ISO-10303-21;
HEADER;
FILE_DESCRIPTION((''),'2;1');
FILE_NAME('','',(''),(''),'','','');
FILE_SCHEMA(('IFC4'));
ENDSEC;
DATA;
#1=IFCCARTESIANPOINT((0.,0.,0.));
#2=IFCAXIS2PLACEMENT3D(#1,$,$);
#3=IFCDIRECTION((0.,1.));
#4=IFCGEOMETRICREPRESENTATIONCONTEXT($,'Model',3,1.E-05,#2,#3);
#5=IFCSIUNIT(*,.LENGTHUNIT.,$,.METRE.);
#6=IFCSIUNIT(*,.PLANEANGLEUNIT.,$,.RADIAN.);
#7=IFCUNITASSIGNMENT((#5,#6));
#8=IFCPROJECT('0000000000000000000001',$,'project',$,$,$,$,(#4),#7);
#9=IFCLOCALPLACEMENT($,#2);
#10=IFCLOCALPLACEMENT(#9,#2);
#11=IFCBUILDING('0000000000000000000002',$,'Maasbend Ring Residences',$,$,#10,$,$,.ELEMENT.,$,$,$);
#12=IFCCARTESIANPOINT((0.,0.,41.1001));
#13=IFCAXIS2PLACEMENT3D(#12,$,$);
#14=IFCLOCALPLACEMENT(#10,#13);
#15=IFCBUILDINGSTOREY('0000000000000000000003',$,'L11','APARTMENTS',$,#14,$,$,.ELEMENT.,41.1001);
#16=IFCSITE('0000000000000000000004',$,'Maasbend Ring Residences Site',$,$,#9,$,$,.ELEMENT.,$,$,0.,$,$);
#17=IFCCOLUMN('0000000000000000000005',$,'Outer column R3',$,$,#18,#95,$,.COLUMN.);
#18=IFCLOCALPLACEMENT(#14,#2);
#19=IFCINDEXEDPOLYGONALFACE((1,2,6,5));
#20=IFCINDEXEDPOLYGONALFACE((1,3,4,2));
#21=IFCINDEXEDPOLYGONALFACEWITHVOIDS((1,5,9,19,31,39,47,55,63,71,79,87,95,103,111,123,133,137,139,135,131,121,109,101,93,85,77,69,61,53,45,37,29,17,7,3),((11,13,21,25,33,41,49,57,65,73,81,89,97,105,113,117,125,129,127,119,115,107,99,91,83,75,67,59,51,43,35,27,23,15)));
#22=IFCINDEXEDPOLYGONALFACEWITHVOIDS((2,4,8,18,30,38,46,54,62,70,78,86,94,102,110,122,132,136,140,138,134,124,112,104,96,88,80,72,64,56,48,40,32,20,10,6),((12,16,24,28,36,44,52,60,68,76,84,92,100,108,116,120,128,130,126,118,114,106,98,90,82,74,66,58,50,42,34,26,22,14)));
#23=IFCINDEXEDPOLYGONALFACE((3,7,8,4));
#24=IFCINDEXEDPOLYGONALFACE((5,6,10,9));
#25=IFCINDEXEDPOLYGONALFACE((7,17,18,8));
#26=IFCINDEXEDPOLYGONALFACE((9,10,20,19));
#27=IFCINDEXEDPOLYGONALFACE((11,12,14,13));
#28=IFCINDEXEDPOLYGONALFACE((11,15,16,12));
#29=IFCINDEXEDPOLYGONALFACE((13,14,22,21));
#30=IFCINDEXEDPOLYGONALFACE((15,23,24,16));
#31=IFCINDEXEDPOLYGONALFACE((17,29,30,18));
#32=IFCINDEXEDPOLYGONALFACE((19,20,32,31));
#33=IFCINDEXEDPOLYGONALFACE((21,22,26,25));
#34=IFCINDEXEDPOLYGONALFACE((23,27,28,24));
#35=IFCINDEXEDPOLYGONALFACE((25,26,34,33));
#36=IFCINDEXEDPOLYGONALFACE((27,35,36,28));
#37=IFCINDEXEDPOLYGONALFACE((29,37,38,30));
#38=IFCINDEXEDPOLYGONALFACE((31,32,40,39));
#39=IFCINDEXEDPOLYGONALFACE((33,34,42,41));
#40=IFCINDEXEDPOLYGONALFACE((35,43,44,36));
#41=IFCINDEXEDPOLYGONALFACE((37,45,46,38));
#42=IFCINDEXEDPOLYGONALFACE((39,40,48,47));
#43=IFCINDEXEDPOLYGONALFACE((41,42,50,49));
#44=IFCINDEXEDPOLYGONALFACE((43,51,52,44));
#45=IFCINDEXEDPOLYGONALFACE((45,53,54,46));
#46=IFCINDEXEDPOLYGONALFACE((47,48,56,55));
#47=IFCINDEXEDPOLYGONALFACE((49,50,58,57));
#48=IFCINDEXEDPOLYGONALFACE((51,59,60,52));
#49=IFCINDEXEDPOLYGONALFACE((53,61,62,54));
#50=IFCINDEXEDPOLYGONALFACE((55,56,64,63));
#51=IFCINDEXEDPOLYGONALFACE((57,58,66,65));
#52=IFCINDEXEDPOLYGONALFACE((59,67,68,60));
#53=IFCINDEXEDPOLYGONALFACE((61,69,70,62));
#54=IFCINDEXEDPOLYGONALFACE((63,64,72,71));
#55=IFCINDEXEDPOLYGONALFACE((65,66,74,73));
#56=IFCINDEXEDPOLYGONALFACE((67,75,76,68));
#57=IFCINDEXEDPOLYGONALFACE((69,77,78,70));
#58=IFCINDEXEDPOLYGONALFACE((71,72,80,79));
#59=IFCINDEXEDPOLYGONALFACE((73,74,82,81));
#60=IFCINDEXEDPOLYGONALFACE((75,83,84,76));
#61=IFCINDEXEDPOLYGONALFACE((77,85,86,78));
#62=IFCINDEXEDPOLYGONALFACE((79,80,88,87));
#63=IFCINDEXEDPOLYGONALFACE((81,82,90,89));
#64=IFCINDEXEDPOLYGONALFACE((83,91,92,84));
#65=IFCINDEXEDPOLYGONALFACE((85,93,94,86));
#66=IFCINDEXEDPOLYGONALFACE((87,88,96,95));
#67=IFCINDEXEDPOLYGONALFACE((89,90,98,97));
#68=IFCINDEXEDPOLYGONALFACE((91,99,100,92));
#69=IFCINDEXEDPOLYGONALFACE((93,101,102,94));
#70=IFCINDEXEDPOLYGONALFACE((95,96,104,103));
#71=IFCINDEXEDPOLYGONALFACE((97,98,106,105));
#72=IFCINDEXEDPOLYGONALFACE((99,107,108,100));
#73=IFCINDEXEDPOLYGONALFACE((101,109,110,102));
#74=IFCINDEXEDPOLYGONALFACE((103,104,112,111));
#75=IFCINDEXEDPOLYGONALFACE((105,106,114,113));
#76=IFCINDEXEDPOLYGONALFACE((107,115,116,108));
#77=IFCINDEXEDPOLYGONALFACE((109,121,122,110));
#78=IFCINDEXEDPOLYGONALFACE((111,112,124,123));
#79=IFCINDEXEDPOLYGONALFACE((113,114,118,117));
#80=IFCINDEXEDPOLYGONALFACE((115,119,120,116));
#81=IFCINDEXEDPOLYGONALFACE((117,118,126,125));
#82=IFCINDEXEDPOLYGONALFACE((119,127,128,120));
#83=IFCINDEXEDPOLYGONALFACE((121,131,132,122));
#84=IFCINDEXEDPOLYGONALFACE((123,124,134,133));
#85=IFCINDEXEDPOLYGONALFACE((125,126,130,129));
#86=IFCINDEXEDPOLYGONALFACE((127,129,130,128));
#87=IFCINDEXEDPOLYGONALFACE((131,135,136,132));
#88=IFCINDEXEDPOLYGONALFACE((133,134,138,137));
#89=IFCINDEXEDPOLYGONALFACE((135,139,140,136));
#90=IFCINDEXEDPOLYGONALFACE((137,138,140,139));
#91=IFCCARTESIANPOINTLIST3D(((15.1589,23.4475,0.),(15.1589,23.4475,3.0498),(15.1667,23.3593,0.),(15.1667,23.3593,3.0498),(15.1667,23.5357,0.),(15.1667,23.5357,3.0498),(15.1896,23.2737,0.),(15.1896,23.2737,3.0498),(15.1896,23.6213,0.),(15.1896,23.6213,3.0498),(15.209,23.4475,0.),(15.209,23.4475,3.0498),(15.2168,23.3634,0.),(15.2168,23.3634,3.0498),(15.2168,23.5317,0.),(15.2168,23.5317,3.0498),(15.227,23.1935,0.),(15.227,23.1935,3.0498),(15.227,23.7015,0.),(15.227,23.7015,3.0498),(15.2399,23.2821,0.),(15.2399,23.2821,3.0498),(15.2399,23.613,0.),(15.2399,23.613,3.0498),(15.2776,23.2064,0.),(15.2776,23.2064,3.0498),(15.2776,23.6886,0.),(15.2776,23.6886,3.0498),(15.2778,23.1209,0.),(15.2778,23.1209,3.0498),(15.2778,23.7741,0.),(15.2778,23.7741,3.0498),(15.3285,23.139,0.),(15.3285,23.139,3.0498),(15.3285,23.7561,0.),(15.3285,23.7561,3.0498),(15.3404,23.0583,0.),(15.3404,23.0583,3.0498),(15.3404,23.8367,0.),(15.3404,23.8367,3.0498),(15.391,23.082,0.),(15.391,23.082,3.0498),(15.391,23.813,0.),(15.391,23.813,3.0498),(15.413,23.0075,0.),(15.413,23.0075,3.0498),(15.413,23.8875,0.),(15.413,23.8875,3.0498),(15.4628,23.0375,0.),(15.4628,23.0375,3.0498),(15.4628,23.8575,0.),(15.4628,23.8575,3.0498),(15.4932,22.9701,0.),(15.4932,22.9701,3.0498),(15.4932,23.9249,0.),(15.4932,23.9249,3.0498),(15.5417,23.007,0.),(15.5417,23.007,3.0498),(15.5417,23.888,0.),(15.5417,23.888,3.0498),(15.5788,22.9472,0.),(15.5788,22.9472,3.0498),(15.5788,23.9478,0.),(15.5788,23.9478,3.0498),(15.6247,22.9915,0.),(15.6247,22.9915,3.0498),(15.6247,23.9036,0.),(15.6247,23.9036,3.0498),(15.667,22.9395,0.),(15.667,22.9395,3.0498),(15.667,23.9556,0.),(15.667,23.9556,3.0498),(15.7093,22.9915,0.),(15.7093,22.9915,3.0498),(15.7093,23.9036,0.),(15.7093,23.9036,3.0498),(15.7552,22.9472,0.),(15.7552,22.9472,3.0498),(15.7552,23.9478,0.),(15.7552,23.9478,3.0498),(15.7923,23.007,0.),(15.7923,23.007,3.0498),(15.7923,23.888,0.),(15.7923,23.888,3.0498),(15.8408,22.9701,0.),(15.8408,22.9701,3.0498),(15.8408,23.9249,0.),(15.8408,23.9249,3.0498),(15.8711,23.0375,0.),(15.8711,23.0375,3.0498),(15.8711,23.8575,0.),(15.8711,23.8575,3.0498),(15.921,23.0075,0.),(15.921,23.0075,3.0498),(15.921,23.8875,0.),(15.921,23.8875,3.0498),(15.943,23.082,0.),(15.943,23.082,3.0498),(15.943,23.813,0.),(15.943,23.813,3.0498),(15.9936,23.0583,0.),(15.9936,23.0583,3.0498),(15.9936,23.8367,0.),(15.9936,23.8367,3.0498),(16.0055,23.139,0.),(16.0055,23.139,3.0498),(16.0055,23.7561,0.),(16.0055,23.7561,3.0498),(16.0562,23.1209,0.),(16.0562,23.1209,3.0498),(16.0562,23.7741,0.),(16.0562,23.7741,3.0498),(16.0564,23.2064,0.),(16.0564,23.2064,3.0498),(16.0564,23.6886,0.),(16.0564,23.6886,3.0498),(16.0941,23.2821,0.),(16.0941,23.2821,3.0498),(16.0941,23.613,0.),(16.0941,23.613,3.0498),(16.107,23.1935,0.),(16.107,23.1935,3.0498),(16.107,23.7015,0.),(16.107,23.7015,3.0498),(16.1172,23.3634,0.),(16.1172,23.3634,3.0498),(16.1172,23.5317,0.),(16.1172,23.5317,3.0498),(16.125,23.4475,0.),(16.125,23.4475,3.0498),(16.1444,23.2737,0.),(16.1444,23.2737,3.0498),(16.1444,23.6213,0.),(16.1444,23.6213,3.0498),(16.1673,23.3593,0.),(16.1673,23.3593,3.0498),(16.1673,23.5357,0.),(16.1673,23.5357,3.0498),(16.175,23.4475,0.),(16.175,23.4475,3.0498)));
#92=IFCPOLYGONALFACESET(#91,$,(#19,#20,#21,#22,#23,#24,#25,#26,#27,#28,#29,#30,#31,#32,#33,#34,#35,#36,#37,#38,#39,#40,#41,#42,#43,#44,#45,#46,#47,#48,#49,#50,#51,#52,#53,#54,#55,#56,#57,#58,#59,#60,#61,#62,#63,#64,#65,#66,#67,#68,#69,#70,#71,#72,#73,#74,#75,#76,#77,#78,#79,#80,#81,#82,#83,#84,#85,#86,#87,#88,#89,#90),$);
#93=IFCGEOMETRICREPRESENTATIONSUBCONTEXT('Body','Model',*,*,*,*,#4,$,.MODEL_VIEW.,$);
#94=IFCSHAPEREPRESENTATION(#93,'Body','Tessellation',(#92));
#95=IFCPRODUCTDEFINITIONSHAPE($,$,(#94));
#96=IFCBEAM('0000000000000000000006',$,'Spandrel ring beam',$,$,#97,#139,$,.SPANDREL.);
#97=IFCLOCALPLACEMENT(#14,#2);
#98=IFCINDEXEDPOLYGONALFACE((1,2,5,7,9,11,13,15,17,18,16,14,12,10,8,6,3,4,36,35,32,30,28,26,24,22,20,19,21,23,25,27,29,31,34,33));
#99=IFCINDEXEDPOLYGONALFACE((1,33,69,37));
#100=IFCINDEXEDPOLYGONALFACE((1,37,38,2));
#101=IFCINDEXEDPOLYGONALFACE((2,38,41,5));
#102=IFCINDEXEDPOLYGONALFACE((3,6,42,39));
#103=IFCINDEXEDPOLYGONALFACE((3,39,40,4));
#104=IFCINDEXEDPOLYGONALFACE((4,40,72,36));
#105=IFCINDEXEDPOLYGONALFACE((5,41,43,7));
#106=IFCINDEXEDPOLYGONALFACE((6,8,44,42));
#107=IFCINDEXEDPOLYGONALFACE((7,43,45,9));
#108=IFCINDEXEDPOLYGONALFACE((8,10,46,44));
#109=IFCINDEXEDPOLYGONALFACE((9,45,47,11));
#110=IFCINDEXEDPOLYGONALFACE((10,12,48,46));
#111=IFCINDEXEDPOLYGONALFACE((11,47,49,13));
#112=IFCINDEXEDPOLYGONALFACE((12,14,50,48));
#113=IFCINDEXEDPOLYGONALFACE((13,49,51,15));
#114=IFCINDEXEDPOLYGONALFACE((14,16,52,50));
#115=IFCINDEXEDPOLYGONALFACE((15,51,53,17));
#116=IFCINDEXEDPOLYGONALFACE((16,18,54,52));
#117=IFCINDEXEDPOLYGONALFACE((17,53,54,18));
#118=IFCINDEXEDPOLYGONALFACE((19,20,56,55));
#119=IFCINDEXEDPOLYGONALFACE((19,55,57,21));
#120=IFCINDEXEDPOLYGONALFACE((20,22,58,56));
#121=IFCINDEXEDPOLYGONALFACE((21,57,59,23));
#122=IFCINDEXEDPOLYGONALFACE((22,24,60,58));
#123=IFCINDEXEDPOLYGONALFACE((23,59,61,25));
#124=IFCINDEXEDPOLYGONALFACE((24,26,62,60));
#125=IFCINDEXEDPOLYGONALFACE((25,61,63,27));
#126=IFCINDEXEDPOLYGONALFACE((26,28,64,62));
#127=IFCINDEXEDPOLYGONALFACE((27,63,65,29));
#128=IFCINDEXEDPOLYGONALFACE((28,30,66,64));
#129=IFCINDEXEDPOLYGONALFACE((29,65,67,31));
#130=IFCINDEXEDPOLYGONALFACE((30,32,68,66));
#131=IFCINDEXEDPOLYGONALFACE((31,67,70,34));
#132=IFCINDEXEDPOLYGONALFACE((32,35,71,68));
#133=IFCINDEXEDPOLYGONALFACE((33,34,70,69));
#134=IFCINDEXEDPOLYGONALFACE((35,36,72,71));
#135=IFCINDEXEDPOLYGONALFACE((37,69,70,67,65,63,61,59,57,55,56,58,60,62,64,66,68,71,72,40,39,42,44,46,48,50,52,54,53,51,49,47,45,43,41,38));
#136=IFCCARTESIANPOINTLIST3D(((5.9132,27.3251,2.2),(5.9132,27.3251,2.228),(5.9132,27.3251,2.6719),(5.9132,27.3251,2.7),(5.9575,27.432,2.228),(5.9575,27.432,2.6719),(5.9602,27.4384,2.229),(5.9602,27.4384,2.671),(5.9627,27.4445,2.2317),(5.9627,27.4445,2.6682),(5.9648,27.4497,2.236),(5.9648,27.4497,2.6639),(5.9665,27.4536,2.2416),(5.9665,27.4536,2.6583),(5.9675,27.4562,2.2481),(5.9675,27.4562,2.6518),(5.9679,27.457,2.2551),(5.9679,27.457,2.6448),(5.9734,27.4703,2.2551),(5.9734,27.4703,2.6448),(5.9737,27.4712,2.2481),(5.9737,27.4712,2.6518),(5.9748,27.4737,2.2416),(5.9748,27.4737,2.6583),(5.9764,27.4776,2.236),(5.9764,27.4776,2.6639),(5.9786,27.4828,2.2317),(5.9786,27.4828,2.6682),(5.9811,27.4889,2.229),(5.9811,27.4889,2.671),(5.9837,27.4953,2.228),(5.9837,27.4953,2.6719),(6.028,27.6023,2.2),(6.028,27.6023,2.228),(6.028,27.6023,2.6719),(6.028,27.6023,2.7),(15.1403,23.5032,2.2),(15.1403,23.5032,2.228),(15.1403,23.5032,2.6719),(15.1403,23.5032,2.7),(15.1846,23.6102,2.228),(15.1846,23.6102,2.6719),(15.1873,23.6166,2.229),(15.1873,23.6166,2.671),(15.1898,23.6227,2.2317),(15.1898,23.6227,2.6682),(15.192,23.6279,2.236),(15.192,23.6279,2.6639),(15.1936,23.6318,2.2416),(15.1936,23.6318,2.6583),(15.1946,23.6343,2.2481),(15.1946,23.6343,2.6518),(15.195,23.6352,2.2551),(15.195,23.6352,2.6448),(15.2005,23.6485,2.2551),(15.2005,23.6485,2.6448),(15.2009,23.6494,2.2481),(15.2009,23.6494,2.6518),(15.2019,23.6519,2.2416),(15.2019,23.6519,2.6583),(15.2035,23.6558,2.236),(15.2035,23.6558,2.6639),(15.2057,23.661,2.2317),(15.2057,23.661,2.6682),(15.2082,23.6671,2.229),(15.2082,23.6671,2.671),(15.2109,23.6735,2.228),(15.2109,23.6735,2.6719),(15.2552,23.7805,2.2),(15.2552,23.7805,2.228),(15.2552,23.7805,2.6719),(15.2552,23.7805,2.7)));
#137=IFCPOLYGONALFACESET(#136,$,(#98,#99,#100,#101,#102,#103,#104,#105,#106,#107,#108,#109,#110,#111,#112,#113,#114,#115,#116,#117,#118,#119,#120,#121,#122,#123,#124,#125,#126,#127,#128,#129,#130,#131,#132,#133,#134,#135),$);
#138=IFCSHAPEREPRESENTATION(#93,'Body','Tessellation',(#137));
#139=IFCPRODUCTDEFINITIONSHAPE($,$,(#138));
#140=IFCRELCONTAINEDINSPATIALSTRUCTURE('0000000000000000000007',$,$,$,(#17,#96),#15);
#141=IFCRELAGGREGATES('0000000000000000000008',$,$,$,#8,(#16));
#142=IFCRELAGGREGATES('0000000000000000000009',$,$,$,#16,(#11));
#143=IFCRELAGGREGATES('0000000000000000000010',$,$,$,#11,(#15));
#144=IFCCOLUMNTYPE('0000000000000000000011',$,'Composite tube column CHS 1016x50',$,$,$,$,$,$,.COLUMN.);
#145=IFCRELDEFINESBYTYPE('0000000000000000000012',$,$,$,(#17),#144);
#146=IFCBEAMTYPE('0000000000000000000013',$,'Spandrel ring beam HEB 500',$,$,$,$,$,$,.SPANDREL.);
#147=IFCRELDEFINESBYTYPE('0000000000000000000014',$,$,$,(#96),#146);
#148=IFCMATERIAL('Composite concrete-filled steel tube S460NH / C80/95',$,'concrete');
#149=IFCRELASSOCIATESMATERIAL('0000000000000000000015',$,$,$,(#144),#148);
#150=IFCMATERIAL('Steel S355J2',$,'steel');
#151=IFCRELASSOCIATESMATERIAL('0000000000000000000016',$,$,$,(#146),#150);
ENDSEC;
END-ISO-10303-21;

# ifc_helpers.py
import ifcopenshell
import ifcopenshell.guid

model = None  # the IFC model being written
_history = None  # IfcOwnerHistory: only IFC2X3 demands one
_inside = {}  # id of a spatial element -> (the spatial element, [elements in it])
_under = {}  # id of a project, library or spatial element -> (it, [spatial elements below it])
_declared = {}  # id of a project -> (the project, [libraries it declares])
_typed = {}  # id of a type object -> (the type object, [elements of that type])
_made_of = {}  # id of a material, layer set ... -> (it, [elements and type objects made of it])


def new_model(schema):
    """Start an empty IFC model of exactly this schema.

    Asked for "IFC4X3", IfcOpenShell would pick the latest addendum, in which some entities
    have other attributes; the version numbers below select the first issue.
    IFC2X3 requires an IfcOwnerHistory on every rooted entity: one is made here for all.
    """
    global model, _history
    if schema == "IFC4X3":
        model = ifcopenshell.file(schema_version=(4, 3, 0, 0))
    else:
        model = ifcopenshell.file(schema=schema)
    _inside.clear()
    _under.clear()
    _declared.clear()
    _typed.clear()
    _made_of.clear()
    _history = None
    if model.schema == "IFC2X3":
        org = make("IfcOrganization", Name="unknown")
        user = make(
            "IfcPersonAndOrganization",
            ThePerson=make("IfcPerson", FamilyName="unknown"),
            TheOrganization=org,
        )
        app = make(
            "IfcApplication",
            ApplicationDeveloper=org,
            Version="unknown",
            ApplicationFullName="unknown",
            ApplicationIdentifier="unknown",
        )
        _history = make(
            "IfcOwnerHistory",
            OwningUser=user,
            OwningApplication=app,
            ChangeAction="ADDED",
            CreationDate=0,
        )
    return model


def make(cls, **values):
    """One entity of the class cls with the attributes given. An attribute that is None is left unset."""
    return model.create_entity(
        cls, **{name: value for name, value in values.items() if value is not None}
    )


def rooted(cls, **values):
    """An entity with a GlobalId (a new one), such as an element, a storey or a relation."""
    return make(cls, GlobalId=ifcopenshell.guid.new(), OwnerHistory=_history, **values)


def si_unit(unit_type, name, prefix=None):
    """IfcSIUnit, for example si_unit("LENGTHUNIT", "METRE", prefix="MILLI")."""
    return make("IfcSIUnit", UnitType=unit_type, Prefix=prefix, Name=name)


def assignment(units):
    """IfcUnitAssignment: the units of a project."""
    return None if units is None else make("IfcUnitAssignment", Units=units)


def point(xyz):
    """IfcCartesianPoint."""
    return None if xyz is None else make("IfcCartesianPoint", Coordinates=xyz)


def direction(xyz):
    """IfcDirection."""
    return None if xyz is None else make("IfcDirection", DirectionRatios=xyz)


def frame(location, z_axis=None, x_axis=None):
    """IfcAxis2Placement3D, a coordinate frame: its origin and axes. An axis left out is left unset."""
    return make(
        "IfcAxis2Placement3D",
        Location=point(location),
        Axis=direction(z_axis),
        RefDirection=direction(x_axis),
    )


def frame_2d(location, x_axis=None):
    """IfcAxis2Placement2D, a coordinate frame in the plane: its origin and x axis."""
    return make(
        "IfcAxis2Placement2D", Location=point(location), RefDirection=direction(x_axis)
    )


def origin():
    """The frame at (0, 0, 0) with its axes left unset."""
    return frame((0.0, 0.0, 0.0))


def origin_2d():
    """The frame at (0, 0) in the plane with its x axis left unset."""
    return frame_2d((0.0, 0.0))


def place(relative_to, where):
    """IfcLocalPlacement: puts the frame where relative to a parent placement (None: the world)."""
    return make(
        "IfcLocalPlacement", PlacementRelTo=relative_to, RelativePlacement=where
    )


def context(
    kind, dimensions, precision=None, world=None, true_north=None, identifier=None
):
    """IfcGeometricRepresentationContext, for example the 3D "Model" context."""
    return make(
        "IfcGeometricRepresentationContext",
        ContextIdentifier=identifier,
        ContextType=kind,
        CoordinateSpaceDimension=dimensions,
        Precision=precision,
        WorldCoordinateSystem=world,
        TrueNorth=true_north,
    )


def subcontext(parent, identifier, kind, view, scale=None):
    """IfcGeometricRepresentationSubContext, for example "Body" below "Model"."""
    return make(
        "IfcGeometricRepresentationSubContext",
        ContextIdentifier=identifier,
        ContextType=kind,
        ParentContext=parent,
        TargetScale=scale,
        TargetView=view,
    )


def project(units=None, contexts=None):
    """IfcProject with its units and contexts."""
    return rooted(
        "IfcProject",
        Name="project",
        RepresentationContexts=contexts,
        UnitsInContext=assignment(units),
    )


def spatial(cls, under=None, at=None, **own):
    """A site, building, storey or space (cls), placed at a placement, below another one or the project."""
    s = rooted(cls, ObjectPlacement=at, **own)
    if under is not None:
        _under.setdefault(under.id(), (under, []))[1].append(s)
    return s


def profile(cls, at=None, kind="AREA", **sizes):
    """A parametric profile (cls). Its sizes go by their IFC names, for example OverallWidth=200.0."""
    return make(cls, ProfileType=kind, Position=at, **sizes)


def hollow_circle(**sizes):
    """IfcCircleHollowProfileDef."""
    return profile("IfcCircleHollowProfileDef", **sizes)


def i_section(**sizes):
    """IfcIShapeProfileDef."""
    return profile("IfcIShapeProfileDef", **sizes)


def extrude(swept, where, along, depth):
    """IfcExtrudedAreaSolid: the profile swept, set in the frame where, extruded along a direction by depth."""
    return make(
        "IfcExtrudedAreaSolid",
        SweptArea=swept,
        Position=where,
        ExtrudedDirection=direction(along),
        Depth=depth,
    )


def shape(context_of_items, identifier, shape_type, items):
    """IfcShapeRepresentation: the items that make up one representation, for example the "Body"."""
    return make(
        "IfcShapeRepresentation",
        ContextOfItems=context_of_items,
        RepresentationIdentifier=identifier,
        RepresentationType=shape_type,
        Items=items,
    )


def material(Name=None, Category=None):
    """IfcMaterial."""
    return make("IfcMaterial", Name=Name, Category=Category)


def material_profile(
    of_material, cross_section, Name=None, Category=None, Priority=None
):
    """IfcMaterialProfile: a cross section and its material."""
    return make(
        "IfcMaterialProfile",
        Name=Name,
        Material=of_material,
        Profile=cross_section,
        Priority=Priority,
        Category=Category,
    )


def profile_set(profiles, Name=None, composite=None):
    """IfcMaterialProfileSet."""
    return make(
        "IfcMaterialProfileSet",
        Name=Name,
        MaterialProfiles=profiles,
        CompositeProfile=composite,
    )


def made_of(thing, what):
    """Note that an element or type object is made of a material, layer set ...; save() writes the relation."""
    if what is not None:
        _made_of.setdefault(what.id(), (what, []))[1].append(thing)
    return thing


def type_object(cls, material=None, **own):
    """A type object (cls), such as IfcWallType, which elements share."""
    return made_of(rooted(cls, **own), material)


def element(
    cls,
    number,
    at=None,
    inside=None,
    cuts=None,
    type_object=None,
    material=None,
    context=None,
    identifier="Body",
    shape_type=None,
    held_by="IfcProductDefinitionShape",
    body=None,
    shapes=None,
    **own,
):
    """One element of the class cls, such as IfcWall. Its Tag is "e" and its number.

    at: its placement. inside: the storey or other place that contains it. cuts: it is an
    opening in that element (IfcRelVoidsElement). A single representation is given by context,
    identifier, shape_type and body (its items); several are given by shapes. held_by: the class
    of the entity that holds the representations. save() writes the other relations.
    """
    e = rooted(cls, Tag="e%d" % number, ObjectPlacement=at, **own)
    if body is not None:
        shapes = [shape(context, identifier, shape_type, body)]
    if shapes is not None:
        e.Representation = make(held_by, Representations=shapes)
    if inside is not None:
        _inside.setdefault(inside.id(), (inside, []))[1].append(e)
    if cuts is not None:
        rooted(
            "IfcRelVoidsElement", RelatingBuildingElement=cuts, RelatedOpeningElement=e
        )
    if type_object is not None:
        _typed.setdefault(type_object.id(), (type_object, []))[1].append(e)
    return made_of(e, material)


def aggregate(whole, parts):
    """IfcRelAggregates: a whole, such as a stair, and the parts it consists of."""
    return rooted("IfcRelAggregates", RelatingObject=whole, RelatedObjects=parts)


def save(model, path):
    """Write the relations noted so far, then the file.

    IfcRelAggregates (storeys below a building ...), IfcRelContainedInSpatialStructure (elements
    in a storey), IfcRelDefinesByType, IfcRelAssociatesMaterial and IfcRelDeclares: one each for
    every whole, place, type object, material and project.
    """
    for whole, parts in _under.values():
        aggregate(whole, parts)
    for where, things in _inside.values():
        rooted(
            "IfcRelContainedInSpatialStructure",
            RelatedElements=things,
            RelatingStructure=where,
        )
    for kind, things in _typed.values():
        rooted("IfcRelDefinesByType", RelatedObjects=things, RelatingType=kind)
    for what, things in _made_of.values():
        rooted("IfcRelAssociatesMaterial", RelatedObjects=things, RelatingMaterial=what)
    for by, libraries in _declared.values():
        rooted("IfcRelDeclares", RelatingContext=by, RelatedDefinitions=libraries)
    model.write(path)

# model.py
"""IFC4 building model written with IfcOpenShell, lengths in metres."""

from ifc_helpers import new_model, si_unit, direction, frame, origin, origin_2d, place, context, subcontext, project, spatial, hollow_circle, i_section, extrude, material, material_profile, profile_set, type_object, element, save


model = new_model("IFC4")

# Units and contexts
model_context = context("Model", 3, precision=1e-05, world=origin(), true_north=direction((0.0, 1.0)))
body_context = subcontext(model_context, "Body", "Model", "MODEL_VIEW")
ifc_project = project(units=[si_unit("LENGTHUNIT", "METRE"), si_unit("PLANEANGLEUNIT", "RADIAN")], contexts=[model_context])

# Site, building, storey
site_placement = place(None, origin())
site = spatial("IfcSite", under=ifc_project, at=site_placement, Name="Maasbend Ring Residences Site", CompositionType="ELEMENT", RefElevation=0.0)
building_placement = place(site_placement, origin())
building = spatial("IfcBuilding", under=site, at=building_placement, Name="Maasbend Ring Residences", CompositionType="ELEMENT")
storey_placement = place(building_placement, frame((0.0, 0.0, 41.1001)))
storey = spatial("IfcBuildingStorey", under=building, at=storey_placement, Name="L11", Description="APARTMENTS", CompositionType="ELEMENT", Elevation=41.1001)

# Column
ifc_material_1 = material(Name="Composite concrete-filled steel tube S460NH / C80/95", Category="concrete")
ifc_material_profile_1 = material_profile(ifc_material_1, hollow_circle(Radius=0.5081, WallThickness=0.05, at=origin_2d()), Name="Composite tube column CHS 1016x50")
ifc_profile_set_1 = profile_set([ifc_material_profile_1], Name="Composite concrete-filled steel tube S460NH / C80/95")
column_type = type_object("IfcColumnType", Name="Composite tube column CHS 1016x50", PredefinedType="COLUMN", material=ifc_profile_set_1)
column_placement = place(storey_placement, frame((15.667, 23.4475, 0.0), z_axis=(0.0, 0.0, 1.0), x_axis=(1.0, 0.0, 0.0)))
element("IfcColumn", 1, at=column_placement, inside=storey, type_object=column_type, Name="Outer column R3", PredefinedType="COLUMN", context=body_context, shape_type="SweptSolid", body=[
    extrude(hollow_circle(Radius=0.5081, WallThickness=0.05, at=origin_2d()), origin(), (0.0, 0.0, 1.0), 3.0498),
])

# Beam
ifc_material_2 = material(Name="Steel S355J2", Category="steel")
ifc_material_profile_2 = material_profile(ifc_material_2, i_section(OverallWidth=0.3, OverallDepth=0.5, WebThickness=0.0144, FlangeThickness=0.0281, FilletRadius=0.0271, at=origin_2d()), Name="HEB 500")
ifc_profile_set_2 = profile_set([ifc_material_profile_2], Name="Steel S355J2")
beam_type = type_object("IfcBeamType", Name="Spandrel ring beam HEB 500", PredefinedType="SPANDREL", material=ifc_profile_set_2)
beam_placement = place(storey_placement, frame((15.1978, 23.6418, 2.45), z_axis=(-0.923886, 0.382667, 0.0), x_axis=(-0.382667, -0.923886, 0.0)))
element("IfcBeam", 2, at=beam_placement, inside=storey, type_object=beam_type, Name="Spandrel ring beam", PredefinedType="SPANDREL", context=body_context, shape_type="SweptSolid", body=[
    extrude(i_section(OverallWidth=0.3, OverallDepth=0.5, WebThickness=0.0144, FlangeThickness=0.0281, FilletRadius=0.0271, at=origin_2d()), origin(), (0.0, 0.0, 1.0), 9.9873),
])

save(model, "model.ifc")
